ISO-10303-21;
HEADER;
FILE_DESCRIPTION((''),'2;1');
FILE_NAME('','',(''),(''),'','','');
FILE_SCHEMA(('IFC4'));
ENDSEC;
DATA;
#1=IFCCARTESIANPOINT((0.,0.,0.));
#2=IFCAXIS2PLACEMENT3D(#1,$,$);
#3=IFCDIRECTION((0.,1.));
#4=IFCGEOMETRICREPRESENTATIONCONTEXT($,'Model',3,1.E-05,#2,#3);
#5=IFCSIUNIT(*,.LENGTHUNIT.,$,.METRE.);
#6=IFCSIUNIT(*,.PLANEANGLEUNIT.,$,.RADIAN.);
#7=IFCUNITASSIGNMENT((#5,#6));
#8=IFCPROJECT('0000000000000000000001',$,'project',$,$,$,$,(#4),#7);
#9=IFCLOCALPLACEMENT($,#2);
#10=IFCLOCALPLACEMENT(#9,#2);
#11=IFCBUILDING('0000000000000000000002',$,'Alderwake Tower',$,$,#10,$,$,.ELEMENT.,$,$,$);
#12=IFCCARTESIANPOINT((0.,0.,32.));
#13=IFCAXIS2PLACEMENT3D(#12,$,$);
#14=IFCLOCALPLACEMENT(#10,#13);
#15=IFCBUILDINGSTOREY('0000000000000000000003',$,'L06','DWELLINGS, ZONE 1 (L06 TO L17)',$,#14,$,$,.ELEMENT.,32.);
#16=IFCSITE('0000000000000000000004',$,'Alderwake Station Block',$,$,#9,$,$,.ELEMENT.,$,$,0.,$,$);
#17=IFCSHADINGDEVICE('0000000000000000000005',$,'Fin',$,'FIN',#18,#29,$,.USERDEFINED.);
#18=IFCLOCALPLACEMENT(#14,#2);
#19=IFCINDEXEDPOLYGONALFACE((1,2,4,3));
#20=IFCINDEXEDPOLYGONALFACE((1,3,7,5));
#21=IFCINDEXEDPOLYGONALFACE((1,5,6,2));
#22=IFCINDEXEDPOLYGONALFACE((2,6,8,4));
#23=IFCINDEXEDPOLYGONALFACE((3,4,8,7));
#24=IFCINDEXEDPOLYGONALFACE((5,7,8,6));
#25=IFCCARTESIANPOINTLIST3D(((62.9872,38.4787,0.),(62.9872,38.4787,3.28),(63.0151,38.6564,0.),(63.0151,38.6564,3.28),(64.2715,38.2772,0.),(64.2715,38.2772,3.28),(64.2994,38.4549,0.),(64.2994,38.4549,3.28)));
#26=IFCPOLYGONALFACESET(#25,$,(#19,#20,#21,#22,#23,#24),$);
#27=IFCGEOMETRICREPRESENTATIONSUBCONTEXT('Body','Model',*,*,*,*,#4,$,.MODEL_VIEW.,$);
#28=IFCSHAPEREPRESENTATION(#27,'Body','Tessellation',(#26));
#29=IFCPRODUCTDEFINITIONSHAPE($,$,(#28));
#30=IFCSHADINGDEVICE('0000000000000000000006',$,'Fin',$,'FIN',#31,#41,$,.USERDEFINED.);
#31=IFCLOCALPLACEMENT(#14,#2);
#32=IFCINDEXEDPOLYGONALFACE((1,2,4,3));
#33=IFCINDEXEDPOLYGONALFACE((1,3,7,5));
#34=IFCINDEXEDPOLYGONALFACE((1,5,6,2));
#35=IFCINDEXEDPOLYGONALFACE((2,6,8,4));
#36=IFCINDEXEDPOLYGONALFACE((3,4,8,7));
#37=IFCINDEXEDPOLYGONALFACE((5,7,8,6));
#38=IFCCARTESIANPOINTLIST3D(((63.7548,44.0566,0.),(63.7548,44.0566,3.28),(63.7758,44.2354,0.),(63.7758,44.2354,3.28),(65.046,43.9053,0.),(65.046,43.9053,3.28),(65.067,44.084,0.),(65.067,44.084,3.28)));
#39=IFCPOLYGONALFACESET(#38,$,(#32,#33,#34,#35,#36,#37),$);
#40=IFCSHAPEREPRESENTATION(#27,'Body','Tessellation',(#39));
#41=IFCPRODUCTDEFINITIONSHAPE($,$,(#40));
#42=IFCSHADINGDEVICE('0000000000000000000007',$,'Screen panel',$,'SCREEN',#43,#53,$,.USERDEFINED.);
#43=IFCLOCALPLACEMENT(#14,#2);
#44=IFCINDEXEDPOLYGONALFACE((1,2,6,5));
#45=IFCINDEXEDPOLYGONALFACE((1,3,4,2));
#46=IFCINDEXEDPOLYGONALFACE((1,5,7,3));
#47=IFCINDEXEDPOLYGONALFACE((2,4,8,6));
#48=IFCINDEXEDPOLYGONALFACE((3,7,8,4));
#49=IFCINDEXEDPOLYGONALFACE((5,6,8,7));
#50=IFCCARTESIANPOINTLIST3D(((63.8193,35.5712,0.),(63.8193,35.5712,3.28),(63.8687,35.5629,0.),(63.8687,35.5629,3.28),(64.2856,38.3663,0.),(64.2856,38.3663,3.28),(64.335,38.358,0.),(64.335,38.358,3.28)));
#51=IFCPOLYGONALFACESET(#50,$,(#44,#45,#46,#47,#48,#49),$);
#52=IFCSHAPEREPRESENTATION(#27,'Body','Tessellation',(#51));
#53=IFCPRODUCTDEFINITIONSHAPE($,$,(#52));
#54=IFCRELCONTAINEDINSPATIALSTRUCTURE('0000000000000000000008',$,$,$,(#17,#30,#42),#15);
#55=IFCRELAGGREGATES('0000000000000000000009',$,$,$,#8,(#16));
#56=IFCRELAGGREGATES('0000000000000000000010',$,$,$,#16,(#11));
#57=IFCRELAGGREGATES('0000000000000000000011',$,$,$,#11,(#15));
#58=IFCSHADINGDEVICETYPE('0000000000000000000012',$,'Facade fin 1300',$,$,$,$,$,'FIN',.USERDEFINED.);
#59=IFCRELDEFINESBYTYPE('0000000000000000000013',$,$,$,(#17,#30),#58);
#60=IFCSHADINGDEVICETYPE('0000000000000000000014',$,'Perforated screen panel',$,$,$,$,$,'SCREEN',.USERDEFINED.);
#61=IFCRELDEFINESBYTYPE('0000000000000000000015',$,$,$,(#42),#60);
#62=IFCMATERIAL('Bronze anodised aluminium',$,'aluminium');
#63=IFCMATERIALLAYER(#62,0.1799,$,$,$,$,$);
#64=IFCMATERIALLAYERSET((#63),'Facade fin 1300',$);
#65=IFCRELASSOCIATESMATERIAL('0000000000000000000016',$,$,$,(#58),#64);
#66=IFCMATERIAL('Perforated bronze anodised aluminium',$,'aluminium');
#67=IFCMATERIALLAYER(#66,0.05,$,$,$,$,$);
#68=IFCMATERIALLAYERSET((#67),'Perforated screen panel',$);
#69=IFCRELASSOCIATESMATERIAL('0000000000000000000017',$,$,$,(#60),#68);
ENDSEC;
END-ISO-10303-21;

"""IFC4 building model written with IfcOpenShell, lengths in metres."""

from ifc_helpers import new_model, si_unit, direction, frame, origin, origin_2d, place, context, subcontext, project, spatial, rectangle, extrude, material, layer, layer_set, type_object, element, save


model = new_model("IFC4")

# Units and contexts
model_context = context("Model", 3, precision=1e-05, world=origin(), true_north=direction((0.0, 1.0)))
body_context = subcontext(model_context, "Body", "Model", "MODEL_VIEW")
ifc_project = project(units=[si_unit("LENGTHUNIT", "METRE"), si_unit("PLANEANGLEUNIT", "RADIAN")], contexts=[model_context])

# Site, building, storey
site_placement = place(None, origin())
site = spatial("IfcSite", under=ifc_project, at=site_placement, Name="Alderwake Station Block", CompositionType="ELEMENT", RefElevation=0.0)
building_placement = place(site_placement, origin())
building = spatial("IfcBuilding", under=site, at=building_placement, Name="Alderwake Tower", CompositionType="ELEMENT")
storey_placement = place(building_placement, frame((0.0, 0.0, 32.0)))
storey = spatial("IfcBuildingStorey", under=building, at=storey_placement, Name="L06", Description="DWELLINGS, ZONE 1 (L06 TO L17)", CompositionType="ELEMENT", Elevation=32.0)

# Shading devices
ifc_material_1 = material(Name="Bronze anodised aluminium", Category="aluminium")
ifc_layer_1 = layer(ifc_material_1, 0.1799)
ifc_layer_set_1 = layer_set([ifc_layer_1], Name="Facade fin 1300")
shading_device_type_1 = type_object("IfcShadingDeviceType", Name="Facade fin 1300", ElementType="FIN", PredefinedType="USERDEFINED", material=ifc_layer_set_1)
for number, where, z_axis, x_axis, name in (
    (1, (63.6433, 38.4668, 0.0), (0.0, 0.0, 1.0), (0.987919, -0.154972, 0.0), "Fin"),
    (2, (64.4109, 44.0703, 0.0), (0.0, 0.0, 1.0), (0.993198, -0.116435, 0.0), "Fin"),
):
    element("IfcShadingDevice", number, at=place(storey_placement, frame(where, z_axis=z_axis, x_axis=x_axis)), inside=storey, type_object=shading_device_type_1, Name=name, ObjectType="FIN", PredefinedType="USERDEFINED", context=body_context, shape_type="SweptSolid", body=[
        extrude(rectangle(XDim=1.3, YDim=0.1799, at=origin_2d()), origin(), (0.0, 0.0, 1.0), 3.28),
    ])
ifc_material_2 = material(Name="Perforated bronze anodised aluminium", Category="aluminium")
ifc_layer_2 = layer(ifc_material_2, 0.05)
ifc_layer_set_2 = layer_set([ifc_layer_2], Name="Perforated screen panel")
shading_device_type_2 = type_object("IfcShadingDeviceType", Name="Perforated screen panel", ElementType="SCREEN", PredefinedType="USERDEFINED", material=ifc_layer_set_2)
shading_device_placement = place(storey_placement, frame((64.0771, 36.9646, 0.0), z_axis=(0.0, 0.0, 1.0), x_axis=(0.986369, -0.164548, 0.0)))
element("IfcShadingDevice", 3, at=shading_device_placement, inside=storey, type_object=shading_device_type_2, Name="Screen panel", ObjectType="SCREEN", PredefinedType="USERDEFINED", context=body_context, shape_type="SweptSolid", body=[
    extrude(rectangle(XDim=0.05, YDim=2.8337, at=origin_2d()), origin(), (0.0, 0.0, 1.0), 3.28),
])

save(model, "model.ifc")
